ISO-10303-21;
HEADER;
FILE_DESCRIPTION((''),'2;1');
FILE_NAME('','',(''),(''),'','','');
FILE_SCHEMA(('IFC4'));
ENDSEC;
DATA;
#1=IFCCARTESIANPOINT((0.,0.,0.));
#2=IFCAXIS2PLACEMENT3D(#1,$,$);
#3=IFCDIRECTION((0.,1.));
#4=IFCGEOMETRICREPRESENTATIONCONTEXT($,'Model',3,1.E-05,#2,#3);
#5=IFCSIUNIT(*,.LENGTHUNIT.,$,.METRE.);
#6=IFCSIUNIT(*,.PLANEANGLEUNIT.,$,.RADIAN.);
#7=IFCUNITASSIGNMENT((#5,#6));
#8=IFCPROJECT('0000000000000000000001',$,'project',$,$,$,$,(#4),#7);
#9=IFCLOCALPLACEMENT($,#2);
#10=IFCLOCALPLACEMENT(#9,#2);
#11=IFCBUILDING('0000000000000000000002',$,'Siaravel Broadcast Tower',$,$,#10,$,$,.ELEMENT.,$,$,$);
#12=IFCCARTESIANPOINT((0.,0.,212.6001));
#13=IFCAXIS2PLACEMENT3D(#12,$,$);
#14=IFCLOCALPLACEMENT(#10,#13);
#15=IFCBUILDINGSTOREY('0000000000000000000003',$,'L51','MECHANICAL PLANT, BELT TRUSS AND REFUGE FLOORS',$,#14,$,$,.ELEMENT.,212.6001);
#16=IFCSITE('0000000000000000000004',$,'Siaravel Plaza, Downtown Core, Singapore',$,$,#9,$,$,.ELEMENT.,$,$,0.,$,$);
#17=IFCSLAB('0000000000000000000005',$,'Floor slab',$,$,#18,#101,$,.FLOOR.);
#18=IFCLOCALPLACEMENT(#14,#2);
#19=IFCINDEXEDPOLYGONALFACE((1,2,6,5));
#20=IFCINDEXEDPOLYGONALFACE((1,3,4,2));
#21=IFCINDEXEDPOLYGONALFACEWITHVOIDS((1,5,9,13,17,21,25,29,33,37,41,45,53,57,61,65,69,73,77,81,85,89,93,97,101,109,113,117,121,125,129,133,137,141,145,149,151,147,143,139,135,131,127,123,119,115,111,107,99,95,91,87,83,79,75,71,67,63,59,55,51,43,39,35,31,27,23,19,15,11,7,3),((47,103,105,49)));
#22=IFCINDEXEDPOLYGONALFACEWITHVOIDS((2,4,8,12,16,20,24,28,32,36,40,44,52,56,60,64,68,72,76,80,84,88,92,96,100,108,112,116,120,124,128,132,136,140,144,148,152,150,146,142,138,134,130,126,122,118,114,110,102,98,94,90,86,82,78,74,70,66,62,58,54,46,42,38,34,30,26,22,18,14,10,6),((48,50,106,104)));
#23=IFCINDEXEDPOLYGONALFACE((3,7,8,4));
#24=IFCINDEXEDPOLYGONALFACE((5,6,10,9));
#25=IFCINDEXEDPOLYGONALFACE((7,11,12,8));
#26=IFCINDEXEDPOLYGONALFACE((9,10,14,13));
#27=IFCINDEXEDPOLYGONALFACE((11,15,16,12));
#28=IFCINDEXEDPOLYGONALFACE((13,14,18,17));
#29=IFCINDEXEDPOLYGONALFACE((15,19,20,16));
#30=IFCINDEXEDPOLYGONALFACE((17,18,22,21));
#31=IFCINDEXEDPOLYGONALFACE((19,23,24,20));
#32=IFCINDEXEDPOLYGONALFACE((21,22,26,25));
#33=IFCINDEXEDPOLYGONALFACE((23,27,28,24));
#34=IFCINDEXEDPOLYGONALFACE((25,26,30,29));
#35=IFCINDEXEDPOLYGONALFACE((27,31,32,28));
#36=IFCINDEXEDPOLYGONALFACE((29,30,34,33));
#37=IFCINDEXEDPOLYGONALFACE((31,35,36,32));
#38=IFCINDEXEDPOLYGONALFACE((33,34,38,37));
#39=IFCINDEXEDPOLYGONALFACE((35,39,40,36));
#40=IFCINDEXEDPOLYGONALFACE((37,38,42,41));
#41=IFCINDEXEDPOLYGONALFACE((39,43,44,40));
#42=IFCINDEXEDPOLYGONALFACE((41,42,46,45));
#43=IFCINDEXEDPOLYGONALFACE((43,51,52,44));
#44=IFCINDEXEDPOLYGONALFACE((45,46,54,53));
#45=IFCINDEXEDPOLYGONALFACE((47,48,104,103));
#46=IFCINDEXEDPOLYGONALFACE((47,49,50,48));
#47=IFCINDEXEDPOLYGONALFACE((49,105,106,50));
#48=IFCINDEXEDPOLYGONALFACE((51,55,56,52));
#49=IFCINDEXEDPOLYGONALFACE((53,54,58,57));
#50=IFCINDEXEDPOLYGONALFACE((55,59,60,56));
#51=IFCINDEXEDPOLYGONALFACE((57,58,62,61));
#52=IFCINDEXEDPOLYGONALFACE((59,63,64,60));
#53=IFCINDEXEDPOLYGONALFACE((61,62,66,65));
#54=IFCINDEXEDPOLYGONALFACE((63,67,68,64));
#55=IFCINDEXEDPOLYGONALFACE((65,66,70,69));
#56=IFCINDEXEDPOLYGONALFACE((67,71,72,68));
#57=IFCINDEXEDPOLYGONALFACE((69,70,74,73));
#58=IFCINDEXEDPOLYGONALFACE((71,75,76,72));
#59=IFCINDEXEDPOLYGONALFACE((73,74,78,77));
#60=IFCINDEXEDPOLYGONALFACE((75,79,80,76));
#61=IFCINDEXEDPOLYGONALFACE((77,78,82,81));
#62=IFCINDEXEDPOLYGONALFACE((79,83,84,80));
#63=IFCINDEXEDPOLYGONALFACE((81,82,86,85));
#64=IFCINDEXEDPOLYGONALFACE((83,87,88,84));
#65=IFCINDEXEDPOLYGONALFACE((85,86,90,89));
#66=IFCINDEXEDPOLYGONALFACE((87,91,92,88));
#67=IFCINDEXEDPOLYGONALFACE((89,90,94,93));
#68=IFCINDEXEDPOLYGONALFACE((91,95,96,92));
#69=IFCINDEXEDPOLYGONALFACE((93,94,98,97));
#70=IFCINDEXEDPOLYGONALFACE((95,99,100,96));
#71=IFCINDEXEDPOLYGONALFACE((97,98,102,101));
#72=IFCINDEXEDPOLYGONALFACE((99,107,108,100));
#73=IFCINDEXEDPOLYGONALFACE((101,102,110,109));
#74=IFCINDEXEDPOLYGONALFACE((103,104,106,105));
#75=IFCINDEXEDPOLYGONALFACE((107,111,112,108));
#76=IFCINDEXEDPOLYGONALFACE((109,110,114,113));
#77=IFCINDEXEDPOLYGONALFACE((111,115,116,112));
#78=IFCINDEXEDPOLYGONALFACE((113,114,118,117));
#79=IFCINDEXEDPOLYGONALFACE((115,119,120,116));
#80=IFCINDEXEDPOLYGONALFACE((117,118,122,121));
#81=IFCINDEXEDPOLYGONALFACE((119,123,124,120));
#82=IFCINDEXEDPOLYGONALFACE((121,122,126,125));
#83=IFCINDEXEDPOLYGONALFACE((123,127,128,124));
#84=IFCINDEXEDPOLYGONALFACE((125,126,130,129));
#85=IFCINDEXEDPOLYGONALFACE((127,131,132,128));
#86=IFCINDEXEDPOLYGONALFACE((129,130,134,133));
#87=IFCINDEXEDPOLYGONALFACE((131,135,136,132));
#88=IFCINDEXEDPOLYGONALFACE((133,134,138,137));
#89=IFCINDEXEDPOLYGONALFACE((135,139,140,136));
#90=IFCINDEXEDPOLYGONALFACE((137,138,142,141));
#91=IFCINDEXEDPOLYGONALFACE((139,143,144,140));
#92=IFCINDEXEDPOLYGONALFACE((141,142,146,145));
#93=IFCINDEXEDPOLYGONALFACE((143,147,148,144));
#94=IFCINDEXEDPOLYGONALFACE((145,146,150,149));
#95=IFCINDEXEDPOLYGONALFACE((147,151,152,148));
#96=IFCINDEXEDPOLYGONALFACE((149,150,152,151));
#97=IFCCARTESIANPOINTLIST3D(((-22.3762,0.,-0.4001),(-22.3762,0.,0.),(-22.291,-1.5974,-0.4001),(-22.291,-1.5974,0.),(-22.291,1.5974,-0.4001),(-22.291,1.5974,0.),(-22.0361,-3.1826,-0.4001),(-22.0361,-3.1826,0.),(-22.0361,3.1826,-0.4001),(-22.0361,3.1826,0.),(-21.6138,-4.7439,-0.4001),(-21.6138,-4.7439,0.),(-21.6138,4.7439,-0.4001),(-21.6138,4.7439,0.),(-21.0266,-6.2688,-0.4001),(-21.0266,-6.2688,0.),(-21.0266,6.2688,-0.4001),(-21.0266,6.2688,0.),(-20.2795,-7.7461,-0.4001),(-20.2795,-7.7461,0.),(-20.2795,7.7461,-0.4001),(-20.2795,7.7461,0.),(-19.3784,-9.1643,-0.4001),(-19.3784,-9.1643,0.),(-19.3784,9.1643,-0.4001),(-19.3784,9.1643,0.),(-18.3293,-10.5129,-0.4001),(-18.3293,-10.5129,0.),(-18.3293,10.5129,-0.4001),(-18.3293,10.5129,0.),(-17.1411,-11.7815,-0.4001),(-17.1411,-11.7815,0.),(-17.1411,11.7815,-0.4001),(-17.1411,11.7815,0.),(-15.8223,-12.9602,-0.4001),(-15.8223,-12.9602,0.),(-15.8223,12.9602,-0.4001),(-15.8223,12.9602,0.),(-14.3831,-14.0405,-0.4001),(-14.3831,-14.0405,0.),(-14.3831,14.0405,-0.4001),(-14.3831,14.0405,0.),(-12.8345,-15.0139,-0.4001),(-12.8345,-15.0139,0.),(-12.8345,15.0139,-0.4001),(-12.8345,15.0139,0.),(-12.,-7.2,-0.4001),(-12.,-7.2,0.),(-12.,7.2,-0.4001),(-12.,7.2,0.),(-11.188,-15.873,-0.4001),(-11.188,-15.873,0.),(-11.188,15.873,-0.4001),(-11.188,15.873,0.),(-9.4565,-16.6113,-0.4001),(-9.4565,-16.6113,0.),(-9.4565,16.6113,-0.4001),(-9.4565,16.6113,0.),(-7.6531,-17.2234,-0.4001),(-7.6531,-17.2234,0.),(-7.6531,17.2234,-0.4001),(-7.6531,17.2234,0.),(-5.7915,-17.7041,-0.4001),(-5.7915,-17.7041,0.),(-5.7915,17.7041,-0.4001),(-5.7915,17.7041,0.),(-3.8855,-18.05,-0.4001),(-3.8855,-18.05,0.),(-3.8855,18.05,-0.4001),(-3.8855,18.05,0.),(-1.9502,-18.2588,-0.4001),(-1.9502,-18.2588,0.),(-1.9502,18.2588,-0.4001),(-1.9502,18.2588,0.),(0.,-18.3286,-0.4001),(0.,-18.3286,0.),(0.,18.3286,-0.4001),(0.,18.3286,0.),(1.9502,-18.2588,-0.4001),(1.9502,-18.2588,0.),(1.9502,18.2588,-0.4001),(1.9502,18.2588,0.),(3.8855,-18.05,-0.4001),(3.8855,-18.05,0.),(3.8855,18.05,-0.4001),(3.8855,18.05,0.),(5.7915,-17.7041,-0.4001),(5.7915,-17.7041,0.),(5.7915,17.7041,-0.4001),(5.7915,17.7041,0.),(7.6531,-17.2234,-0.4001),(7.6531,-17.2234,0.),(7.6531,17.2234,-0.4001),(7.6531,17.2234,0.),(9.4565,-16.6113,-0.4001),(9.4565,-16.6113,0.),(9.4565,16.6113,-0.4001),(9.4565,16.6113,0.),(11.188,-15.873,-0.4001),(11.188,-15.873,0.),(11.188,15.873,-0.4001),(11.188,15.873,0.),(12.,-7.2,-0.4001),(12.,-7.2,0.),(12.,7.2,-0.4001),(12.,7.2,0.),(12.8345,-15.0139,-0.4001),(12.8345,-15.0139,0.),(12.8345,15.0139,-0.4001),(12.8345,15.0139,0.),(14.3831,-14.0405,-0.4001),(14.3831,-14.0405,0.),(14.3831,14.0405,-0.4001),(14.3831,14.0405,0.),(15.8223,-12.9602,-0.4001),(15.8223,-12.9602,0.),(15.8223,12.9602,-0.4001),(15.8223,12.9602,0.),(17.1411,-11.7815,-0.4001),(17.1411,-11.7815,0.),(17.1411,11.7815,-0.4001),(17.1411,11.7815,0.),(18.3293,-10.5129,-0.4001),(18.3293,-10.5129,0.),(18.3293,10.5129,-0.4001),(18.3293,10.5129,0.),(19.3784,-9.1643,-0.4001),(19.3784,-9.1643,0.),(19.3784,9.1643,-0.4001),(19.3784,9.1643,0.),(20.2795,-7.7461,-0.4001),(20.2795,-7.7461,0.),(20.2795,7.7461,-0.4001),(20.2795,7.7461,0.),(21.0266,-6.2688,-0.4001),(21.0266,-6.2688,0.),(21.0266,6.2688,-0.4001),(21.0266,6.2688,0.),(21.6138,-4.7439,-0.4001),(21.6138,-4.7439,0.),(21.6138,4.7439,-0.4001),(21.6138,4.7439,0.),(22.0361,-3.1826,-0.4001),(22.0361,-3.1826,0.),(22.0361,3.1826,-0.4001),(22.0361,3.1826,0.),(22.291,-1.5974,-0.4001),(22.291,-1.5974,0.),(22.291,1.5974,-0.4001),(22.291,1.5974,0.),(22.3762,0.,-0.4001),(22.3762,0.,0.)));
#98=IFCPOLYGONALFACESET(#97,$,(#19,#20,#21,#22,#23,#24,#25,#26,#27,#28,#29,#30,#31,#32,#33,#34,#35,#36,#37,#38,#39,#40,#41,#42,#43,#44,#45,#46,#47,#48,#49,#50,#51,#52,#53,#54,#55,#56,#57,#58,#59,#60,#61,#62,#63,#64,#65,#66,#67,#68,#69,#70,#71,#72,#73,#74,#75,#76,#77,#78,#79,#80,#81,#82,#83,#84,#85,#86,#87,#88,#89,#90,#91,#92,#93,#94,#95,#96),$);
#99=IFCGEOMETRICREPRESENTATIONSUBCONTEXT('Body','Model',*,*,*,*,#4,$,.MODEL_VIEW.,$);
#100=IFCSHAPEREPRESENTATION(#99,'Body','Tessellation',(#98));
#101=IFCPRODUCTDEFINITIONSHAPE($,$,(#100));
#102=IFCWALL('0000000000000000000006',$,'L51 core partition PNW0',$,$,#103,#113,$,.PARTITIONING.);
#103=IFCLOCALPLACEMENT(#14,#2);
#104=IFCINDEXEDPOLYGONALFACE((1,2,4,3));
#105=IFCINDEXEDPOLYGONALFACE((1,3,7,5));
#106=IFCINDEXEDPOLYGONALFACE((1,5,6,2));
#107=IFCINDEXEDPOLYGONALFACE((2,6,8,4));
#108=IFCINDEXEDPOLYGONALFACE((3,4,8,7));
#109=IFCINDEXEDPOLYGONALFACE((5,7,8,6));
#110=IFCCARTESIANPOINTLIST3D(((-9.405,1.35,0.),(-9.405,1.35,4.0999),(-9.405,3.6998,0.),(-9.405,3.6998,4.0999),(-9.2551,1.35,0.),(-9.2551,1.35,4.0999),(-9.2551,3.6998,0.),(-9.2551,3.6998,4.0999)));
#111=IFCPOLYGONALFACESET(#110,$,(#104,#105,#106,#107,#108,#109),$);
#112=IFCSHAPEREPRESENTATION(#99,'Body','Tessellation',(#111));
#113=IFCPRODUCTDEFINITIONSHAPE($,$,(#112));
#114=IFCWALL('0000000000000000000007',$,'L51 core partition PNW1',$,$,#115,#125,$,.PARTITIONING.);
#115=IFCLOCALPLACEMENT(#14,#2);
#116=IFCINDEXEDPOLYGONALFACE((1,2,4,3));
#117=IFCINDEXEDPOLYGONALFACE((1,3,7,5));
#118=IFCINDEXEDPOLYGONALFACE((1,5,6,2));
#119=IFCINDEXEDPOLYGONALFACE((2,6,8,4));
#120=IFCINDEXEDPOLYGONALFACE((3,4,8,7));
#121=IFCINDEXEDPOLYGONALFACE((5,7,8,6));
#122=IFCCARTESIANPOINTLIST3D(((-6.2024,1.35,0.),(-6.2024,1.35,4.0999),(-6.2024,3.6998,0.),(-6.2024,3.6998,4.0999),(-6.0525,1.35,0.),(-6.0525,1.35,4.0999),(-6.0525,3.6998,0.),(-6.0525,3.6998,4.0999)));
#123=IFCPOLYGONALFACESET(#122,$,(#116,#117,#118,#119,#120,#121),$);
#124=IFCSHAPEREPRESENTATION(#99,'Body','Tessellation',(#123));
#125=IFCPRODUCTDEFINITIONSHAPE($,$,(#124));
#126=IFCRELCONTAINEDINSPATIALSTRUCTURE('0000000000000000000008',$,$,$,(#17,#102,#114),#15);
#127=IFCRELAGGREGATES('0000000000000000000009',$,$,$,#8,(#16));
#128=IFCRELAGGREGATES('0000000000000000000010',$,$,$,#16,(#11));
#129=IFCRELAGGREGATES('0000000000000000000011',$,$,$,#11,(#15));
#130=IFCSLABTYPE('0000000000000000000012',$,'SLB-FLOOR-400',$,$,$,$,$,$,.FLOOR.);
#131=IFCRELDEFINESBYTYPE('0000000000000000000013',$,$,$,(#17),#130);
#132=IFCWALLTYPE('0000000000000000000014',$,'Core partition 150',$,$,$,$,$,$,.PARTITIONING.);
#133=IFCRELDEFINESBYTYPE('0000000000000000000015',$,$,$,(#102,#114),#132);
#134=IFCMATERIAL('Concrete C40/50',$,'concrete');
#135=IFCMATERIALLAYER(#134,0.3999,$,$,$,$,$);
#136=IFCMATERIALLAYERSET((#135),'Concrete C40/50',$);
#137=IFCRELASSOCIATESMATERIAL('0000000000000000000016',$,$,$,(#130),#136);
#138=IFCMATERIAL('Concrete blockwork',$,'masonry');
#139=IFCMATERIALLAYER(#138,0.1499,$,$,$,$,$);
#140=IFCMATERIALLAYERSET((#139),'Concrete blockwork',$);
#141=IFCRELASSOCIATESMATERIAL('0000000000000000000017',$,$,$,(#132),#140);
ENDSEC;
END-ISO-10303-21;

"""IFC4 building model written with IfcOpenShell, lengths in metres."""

from ifc_helpers import new_model, si_unit, direction, frame, frame_2d, origin, place, context, subcontext, project, spatial, polyline, rectangle, outline, extrude, material, layer, layer_set, type_object, element, save


model = new_model("IFC4")

# Units and contexts
model_context = context("Model", 3, precision=1e-05, world=origin(), true_north=direction((0.0, 1.0)))
body_context = subcontext(model_context, "Body", "Model", "MODEL_VIEW")
ifc_project = project(units=[si_unit("LENGTHUNIT", "METRE"), si_unit("PLANEANGLEUNIT", "RADIAN")], contexts=[model_context])

# Site, building, storey
site_placement = place(None, origin())
site = spatial("IfcSite", under=ifc_project, at=site_placement, Name="Siaravel Plaza, Downtown Core, Singapore", CompositionType="ELEMENT", RefElevation=0.0)
building_placement = place(site_placement, origin())
building = spatial("IfcBuilding", under=site, at=building_placement, Name="Siaravel Broadcast Tower", CompositionType="ELEMENT")
storey_placement = place(building_placement, frame((0.0, 0.0, 212.6001)))
storey = spatial("IfcBuildingStorey", under=building, at=storey_placement, Name="L51", Description="MECHANICAL PLANT, BELT TRUSS AND REFUGE FLOORS", CompositionType="ELEMENT", Elevation=212.6001)

# Slab
ifc_material_1 = material(Name="Concrete C40/50", Category="concrete")
ifc_layer_1 = layer(ifc_material_1, 0.3999)
ifc_layer_set_1 = layer_set([ifc_layer_1], Name="Concrete C40/50")
slab_type = type_object("IfcSlabType", Name="SLB-FLOOR-400", PredefinedType="FLOOR", material=ifc_layer_set_1)
slab_placement = place(storey_placement, frame((0.0, 0.0, -0.4001)))
element("IfcSlab", 1, at=slab_placement, inside=storey, type_object=slab_type, Name="Floor slab", PredefinedType="FLOOR", context=body_context, shape_type="SweptSolid", body=[
    extrude(outline(polyline([(22.3762, 0.0), (22.291, 1.5974), (22.0361, 3.1826), (21.6138, 4.7439), (21.0266, 6.2688), (20.2795, 7.7461), (19.3784, 9.1643), (18.3293, 10.5129), (17.1411, 11.7815), (15.8223, 12.9602), (14.3831, 14.0405), (12.8345, 15.0139), (11.188, 15.873), (9.4565, 16.6113), (7.6531, 17.2234), (5.7915, 17.7041), (3.8855, 18.05), (1.9502, 18.2588), (0.0, 18.3286), (-1.9502, 18.2588), (-3.8855, 18.05), (-5.7915, 17.7041), (-7.6531, 17.2234), (-9.4565, 16.6113), (-11.188, 15.873), (-12.8345, 15.0139), (-14.3831, 14.0405), (-15.8223, 12.9602), (-17.1411, 11.7815), (-18.3293, 10.5129), (-19.3784, 9.1643), (-20.2795, 7.7461), (-21.0266, 6.2688), (-21.6138, 4.7439), (-22.0361, 3.1826), (-22.291, 1.5974), (-22.3762, 0.0), (-22.291, -1.5974), (-22.0361, -3.1826), (-21.6138, -4.7439), (-21.0266, -6.2688), (-20.2795, -7.7461), (-19.3784, -9.1643), (-18.3293, -10.5129), (-17.1411, -11.7815), (-15.8223, -12.9602), (-14.3831, -14.0405), (-12.8345, -15.0139), (-11.188, -15.873), (-9.4565, -16.6113), (-7.6531, -17.2234), (-5.7915, -17.7041), (-3.8855, -18.05), (-1.9502, -18.2588), (0.0, -18.3286), (1.9502, -18.2588), (3.8855, -18.05), (5.7915, -17.7041), (7.6531, -17.2234), (9.4565, -16.6113), (11.188, -15.873), (12.8345, -15.0139), (14.3831, -14.0405), (15.8223, -12.9602), (17.1411, -11.7815), (18.3293, -10.5129), (19.3784, -9.1643), (20.2795, -7.7461), (21.0266, -6.2688), (21.6138, -4.7439), (22.0361, -3.1826), (22.291, -1.5974), (22.3762, 0.0)]), holes=[polyline([(-12.0, 7.2), (12.0, 7.2), (12.0, -7.2), (-12.0, -7.2), (-12.0, 7.2)])]), origin(), (0.0, 0.0, 1.0), 0.4001),
])

# Walls
ifc_material_2 = material(Name="Concrete blockwork", Category="masonry")
ifc_layer_2 = layer(ifc_material_2, 0.1499)
ifc_layer_set_2 = layer_set([ifc_layer_2], Name="Concrete blockwork")
wall_type_1 = type_object("IfcWallType", Name="Core partition 150", PredefinedType="PARTITIONING", material=ifc_layer_set_2)
for number, where, z_axis, x_axis, name in (
    (2, (-9.3301, 1.3501, 0.0), (0.0, 0.0, 1.0), (0.0, 1.0, 0.0), "L51 core partition PNW0"),
    (3, (-6.1274, 1.3501, 0.0), (0.0, 0.0, 1.0), (0.0, 1.0, 0.0), "L51 core partition PNW1"),
):
    element("IfcWall", number, at=place(storey_placement, frame(where, z_axis=z_axis, x_axis=x_axis)), inside=storey, type_object=wall_type_1, Name=name, PredefinedType="PARTITIONING", context=body_context, shape_type="SweptSolid", body=[
        extrude(rectangle(XDim=2.3499, YDim=0.1499, at=frame_2d((1.1748, 0.0))), origin(), (0.0, 0.0, 1.0), 4.0999),
    ])

save(model, "model.ifc")
